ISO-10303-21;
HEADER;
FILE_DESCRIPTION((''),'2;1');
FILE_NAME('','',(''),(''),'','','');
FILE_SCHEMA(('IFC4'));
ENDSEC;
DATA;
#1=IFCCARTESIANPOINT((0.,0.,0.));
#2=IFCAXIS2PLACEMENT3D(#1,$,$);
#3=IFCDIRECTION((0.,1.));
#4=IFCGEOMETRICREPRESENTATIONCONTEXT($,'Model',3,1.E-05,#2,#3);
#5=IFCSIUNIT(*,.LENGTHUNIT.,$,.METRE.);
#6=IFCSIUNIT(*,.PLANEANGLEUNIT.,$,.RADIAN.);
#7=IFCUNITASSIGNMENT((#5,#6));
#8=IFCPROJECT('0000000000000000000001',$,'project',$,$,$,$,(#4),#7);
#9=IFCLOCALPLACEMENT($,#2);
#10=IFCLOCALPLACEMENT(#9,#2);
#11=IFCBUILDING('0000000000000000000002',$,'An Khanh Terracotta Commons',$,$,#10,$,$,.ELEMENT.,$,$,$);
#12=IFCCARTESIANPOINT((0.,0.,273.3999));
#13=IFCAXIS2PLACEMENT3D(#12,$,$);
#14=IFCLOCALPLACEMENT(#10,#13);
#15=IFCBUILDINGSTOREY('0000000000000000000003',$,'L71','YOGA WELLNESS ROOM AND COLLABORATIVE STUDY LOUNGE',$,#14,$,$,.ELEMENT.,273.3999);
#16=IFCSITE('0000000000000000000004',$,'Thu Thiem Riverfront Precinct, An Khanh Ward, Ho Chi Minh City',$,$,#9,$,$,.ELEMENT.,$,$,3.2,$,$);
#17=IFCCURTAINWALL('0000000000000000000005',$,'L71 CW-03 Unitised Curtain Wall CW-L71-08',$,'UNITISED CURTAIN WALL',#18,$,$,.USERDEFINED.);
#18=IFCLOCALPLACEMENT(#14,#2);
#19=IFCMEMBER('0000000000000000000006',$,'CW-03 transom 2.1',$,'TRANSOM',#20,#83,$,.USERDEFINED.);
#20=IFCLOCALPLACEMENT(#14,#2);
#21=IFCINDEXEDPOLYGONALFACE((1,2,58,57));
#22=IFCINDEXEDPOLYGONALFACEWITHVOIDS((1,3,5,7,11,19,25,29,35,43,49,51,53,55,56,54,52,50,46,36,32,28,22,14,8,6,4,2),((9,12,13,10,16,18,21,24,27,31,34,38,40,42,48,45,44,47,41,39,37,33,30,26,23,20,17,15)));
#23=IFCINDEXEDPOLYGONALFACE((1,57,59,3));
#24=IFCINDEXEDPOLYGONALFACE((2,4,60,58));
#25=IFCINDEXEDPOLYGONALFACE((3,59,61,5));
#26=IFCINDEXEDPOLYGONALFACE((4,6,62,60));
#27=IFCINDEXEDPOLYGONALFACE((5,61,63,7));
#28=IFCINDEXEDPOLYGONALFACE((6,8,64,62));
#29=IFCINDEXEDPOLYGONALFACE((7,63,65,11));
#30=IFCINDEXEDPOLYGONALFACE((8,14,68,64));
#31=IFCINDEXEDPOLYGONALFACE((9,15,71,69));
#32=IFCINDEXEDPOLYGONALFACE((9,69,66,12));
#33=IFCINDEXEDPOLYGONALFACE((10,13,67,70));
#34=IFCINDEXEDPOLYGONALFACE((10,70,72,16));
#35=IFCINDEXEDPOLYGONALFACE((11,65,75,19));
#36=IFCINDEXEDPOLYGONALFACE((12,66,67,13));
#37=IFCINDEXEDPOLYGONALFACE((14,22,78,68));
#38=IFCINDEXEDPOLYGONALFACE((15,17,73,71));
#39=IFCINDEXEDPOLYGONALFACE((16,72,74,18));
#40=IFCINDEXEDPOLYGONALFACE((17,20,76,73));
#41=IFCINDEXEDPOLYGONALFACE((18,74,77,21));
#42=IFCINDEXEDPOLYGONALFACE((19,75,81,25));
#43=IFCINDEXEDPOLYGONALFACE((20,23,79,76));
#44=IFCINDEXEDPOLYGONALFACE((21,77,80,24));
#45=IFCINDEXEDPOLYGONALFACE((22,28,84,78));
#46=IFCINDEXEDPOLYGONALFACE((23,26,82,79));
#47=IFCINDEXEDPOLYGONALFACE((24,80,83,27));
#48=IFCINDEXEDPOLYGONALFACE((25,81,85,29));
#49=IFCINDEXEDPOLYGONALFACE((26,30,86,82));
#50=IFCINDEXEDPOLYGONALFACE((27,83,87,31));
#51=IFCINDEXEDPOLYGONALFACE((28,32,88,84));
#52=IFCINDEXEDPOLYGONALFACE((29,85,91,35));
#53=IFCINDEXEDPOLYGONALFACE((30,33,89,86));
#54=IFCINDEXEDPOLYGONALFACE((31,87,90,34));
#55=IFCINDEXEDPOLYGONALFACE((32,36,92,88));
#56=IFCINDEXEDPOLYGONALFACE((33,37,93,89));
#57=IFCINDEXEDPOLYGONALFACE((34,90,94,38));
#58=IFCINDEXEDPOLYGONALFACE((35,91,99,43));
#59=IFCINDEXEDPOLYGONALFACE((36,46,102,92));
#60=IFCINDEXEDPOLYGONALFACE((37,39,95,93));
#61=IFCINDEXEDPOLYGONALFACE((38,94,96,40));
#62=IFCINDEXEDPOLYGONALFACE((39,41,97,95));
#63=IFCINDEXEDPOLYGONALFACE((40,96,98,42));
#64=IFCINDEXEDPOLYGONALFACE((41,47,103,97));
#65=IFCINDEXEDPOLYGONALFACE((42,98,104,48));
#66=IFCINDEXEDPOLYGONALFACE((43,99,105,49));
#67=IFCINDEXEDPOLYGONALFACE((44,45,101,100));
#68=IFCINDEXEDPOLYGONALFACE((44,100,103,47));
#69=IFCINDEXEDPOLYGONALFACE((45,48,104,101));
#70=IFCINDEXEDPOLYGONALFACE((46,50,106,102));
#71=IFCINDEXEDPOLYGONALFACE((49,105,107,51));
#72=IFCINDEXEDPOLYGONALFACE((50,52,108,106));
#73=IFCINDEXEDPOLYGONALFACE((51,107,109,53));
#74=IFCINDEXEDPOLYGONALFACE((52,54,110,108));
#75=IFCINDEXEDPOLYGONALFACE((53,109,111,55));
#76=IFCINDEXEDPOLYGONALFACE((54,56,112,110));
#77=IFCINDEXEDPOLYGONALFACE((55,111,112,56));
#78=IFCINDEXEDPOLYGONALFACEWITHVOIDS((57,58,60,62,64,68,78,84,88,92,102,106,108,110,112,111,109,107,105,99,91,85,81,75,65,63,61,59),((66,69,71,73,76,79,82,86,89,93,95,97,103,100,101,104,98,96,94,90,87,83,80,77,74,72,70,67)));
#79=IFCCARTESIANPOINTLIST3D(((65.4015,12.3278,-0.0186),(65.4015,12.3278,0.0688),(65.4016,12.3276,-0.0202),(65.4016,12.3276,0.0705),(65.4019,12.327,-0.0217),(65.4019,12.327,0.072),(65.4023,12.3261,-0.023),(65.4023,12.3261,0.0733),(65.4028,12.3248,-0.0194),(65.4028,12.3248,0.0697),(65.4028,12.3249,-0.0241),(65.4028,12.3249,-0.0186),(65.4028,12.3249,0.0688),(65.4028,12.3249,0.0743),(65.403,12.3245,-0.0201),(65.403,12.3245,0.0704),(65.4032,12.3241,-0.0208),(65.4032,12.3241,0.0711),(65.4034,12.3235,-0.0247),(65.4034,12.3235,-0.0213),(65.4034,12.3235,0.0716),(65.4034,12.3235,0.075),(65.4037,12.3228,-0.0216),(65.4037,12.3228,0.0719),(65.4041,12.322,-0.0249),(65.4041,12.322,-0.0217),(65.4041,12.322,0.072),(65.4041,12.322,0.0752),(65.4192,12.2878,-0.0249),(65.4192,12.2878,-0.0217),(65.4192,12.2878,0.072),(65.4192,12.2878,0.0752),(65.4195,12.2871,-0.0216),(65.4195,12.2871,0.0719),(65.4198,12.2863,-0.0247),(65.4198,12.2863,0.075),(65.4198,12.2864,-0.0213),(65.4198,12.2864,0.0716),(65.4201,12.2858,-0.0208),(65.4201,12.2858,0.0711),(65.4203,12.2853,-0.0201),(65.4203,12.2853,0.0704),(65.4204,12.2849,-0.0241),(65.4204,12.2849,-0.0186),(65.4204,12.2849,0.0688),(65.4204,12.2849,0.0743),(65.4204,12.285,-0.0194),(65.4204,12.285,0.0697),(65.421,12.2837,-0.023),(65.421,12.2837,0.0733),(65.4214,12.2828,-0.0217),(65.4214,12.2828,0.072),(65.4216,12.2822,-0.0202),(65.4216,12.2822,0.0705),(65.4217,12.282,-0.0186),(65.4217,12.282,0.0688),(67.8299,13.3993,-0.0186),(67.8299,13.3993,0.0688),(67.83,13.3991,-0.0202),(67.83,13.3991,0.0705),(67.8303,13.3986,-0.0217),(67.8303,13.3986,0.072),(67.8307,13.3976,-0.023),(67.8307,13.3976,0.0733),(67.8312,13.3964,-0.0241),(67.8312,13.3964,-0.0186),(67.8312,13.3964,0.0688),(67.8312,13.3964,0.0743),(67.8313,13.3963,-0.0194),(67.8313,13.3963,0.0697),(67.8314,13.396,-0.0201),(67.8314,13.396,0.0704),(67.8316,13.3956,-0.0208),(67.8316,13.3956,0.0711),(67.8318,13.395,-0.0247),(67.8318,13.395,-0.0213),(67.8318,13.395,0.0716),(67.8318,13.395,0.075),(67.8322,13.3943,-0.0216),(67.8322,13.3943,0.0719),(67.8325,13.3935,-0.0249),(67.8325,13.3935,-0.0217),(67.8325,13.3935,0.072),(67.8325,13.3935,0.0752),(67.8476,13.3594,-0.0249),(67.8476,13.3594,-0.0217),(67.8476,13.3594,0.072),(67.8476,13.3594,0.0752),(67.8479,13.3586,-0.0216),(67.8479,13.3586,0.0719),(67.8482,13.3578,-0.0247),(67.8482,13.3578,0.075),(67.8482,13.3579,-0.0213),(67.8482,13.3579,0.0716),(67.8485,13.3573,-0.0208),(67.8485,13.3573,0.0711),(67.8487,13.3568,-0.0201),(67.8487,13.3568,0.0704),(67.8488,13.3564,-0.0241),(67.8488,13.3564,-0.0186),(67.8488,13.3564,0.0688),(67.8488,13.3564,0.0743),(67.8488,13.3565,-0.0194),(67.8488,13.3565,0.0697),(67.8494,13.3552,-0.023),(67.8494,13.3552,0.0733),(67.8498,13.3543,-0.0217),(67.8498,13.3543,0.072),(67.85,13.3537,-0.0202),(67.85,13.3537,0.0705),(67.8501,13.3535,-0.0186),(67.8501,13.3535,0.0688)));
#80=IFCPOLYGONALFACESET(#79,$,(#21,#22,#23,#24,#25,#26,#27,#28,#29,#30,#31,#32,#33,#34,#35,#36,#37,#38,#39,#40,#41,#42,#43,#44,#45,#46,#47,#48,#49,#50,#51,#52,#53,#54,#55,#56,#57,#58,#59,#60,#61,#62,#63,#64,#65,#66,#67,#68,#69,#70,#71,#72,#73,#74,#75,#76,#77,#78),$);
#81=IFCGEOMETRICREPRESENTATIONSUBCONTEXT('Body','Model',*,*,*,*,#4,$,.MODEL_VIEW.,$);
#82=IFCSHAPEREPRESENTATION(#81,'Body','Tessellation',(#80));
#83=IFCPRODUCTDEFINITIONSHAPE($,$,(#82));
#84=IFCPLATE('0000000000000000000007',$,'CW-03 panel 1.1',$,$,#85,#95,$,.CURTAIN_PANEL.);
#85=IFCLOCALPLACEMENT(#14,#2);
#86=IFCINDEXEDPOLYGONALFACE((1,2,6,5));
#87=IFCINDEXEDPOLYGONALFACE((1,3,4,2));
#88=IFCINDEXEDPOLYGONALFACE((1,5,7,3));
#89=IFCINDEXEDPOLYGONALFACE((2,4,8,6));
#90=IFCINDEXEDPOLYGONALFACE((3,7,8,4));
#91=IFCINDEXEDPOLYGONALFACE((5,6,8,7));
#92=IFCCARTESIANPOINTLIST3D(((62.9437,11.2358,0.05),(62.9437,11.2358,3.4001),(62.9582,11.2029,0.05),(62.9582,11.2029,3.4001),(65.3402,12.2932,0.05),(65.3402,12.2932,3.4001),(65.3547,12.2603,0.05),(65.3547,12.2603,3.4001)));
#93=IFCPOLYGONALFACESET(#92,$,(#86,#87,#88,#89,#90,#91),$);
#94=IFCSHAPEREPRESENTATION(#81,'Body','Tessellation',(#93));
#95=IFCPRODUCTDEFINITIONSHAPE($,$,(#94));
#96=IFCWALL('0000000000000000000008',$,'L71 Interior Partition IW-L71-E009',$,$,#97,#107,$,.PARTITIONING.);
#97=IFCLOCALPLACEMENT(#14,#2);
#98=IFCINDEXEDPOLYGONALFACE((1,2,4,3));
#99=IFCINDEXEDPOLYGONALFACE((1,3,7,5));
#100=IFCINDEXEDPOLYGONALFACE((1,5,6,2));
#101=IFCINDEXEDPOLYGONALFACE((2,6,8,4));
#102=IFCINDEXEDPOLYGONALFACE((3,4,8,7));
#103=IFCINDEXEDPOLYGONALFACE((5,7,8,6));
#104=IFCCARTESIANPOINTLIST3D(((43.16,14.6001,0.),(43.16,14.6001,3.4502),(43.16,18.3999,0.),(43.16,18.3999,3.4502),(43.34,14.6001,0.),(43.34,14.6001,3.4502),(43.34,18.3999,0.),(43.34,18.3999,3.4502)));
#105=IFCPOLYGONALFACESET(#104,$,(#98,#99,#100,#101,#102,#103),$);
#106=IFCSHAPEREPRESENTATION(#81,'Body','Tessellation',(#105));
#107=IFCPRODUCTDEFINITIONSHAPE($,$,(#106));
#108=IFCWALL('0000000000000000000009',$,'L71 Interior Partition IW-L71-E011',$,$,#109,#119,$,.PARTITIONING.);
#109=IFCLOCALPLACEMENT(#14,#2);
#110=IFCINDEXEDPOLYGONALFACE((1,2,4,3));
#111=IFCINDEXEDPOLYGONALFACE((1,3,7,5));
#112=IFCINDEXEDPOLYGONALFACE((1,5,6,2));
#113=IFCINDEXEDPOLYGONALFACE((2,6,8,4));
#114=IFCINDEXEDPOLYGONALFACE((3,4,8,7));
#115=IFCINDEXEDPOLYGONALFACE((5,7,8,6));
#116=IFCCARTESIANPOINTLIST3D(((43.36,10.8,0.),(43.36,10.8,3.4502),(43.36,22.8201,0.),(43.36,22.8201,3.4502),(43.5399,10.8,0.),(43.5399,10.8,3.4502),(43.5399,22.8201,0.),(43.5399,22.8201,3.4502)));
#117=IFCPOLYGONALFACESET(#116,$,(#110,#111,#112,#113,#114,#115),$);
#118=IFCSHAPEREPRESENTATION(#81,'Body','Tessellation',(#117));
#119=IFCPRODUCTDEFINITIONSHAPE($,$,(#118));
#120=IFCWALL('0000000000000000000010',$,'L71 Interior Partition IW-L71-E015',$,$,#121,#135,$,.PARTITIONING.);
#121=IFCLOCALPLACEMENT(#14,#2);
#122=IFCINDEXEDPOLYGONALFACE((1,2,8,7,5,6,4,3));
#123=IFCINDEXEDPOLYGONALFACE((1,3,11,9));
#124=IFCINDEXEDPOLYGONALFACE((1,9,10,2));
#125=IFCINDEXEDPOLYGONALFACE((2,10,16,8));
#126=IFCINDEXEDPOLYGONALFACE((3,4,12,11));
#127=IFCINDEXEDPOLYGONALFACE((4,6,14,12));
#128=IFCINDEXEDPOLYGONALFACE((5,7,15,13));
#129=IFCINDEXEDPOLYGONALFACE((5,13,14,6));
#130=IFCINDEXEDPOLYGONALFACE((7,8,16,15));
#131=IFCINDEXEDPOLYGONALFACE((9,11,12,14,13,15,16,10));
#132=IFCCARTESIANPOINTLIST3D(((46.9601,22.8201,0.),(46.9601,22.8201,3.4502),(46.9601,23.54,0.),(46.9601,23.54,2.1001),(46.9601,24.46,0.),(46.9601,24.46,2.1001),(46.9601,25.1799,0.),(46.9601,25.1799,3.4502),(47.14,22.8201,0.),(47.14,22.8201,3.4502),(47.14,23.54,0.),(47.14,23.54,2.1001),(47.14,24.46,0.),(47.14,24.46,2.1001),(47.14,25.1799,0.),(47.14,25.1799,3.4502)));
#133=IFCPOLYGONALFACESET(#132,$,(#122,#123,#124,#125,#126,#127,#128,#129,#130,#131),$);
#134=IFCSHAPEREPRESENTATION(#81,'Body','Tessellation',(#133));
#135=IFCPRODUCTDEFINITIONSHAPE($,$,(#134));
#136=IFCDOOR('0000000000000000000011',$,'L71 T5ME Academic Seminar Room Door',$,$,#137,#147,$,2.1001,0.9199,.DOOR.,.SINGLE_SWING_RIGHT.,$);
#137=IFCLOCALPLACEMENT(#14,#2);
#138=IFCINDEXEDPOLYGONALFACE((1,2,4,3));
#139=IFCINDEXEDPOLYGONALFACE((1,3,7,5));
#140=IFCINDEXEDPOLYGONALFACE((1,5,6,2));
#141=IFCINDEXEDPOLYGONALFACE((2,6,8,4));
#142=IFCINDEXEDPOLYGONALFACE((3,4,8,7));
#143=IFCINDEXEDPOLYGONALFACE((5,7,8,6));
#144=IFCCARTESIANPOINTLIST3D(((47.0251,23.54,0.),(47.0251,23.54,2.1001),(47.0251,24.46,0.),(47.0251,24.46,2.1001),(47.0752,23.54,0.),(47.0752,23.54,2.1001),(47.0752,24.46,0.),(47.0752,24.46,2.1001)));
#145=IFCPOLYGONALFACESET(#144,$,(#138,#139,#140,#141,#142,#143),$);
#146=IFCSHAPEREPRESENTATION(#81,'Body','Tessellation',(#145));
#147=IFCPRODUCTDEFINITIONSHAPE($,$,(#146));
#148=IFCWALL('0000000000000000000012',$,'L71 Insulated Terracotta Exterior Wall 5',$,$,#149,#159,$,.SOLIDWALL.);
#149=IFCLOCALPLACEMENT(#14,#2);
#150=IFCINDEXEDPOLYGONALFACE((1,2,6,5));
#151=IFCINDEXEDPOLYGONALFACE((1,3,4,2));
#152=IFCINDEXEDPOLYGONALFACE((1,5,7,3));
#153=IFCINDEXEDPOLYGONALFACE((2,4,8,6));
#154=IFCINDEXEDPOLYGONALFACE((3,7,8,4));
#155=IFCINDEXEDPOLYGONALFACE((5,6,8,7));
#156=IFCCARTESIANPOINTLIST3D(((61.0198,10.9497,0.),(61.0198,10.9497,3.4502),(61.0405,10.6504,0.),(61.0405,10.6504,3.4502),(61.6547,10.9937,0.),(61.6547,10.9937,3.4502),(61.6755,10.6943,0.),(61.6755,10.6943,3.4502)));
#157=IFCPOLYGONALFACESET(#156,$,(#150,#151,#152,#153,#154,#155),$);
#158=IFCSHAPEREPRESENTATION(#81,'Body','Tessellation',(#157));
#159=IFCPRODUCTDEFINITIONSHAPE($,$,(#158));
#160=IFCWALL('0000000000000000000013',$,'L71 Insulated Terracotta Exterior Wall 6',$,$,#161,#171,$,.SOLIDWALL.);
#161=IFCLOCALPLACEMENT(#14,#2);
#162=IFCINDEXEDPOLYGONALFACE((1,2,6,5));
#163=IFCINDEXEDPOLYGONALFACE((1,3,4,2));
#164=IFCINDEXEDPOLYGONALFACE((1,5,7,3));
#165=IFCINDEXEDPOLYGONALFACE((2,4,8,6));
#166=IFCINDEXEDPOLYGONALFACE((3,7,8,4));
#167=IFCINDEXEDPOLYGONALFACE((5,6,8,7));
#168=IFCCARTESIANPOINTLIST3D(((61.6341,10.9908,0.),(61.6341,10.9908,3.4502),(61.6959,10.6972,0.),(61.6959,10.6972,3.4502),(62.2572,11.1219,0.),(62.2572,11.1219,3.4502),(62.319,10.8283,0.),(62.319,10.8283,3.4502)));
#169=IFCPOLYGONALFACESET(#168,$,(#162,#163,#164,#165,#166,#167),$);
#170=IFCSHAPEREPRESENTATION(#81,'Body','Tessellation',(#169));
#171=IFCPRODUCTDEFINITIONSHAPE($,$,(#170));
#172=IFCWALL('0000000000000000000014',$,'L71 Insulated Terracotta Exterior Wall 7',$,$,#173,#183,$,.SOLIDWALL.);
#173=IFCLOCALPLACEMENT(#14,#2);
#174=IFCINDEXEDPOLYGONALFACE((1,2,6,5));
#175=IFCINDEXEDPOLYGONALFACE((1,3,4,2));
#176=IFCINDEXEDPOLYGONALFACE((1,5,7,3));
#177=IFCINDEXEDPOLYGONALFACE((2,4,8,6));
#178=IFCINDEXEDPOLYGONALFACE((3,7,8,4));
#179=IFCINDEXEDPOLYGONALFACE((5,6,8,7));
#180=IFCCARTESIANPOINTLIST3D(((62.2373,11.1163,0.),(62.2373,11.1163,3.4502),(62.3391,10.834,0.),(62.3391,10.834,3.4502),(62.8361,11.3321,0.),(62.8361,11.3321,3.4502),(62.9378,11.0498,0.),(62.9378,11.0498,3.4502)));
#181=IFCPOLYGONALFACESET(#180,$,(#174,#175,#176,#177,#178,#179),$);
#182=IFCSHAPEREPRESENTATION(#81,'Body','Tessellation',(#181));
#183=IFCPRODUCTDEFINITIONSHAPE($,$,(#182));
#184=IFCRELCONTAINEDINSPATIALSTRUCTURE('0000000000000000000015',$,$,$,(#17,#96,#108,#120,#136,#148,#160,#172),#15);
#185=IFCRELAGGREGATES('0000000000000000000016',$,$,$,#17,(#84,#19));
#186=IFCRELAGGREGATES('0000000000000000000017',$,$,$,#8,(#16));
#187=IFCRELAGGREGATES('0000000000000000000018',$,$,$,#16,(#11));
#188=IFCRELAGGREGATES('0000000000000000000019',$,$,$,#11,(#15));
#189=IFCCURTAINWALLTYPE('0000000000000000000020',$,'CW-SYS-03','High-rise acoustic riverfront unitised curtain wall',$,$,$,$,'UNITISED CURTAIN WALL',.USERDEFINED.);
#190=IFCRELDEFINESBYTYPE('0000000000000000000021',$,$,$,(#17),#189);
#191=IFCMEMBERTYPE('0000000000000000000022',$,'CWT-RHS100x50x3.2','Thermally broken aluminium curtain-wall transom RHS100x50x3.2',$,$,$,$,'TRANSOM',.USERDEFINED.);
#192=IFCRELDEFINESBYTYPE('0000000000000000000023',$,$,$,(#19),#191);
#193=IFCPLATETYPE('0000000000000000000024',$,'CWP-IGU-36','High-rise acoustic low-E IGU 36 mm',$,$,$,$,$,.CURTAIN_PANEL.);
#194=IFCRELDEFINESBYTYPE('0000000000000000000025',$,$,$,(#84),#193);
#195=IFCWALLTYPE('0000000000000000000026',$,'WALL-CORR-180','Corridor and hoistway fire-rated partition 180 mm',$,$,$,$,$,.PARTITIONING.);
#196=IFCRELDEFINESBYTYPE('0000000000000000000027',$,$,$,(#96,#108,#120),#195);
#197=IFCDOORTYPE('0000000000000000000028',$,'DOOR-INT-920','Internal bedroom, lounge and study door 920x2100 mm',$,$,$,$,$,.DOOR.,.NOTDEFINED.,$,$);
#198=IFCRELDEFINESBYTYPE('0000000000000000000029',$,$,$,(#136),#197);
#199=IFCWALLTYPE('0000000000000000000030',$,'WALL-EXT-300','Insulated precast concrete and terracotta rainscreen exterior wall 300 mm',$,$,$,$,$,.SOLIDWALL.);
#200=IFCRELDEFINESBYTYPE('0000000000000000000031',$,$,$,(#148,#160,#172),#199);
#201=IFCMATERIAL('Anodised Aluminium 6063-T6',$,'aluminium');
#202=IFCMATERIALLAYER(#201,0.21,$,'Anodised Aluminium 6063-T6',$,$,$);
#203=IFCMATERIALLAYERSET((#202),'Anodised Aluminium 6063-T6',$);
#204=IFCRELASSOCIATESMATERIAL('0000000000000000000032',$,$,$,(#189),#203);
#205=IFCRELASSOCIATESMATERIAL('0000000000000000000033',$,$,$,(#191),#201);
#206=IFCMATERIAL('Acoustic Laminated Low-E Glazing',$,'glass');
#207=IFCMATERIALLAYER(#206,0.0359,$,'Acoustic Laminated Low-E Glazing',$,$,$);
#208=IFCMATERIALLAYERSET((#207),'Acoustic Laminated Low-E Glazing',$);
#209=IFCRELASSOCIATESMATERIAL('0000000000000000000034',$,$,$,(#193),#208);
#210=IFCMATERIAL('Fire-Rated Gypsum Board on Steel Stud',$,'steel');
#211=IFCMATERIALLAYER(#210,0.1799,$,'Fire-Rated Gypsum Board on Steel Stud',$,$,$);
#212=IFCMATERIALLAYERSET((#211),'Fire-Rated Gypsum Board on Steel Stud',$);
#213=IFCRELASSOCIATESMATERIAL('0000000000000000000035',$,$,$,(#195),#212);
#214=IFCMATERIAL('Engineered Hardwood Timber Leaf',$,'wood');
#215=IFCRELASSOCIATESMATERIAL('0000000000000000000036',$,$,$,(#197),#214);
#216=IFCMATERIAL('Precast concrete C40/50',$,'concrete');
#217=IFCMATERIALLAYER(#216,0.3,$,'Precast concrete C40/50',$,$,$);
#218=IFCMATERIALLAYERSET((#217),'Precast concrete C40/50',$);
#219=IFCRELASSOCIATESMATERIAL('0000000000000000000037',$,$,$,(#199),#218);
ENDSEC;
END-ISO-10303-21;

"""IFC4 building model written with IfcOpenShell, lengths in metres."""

from ifc_helpers import new_model, si_unit, direction, frame, frame_2d, origin, origin_2d, place, context, subcontext, project, spatial, rectangle, hollow_rectangle, extrude, material, layer, layer_set, material_profile, profile_set, type_object, element, fill, aggregate, save


model = new_model("IFC4")

# Units and contexts
model_context = context("Model", 3, precision=1e-05, world=origin(), true_north=direction((0.0, 1.0)))
body_context = subcontext(model_context, "Body", "Model", "MODEL_VIEW")
ifc_project = project(units=[si_unit("LENGTHUNIT", "METRE"), si_unit("PLANEANGLEUNIT", "RADIAN")], contexts=[model_context])

# Site, building, storey
site_placement = place(None, origin())
site = spatial("IfcSite", under=ifc_project, at=site_placement, Name="Thu Thiem Riverfront Precinct, An Khanh Ward, Ho Chi Minh City", CompositionType="ELEMENT", RefElevation=3.2)
building_placement = place(site_placement, origin())
building = spatial("IfcBuilding", under=site, at=building_placement, Name="An Khanh Terracotta Commons", CompositionType="ELEMENT")
storey_placement = place(building_placement, frame((0.0, 0.0, 273.3999)))
storey = spatial("IfcBuildingStorey", under=building, at=storey_placement, Name="L71", Description="YOGA WELLNESS ROOM AND COLLABORATIVE STUDY LOUNGE", CompositionType="ELEMENT", Elevation=273.3999)

# Curtain wall, member, plate
ifc_material_1 = material(Name="Anodised Aluminium 6063-T6", Category="aluminium")
ifc_layer_1 = layer(ifc_material_1, 0.21, Name="Anodised Aluminium 6063-T6")
ifc_layer_set_1 = layer_set([ifc_layer_1], Name="Anodised Aluminium 6063-T6")
curtain_wall_type = type_object("IfcCurtainWallType", Name="CW-SYS-03", Description="High-rise acoustic riverfront unitised curtain wall", ElementType="UNITISED CURTAIN WALL", PredefinedType="USERDEFINED", material=ifc_layer_set_1)
curtain_wall_placement = place(storey_placement, origin())
curtain_wall = element("IfcCurtainWall", 1, at=curtain_wall_placement, inside=storey, type_object=curtain_wall_type, Name="L71 CW-03 Unitised Curtain Wall CW-L71-08", ObjectType="UNITISED CURTAIN WALL", PredefinedType="USERDEFINED")
ifc_material_profile_1 = material_profile(ifc_material_1, hollow_rectangle(XDim=0.05, YDim=0.1001, WallThickness=0.0032, InnerFilletRadius=0.0032, OuterFilletRadius=0.0063, at=origin_2d()), Name="RHS100x50x3.2")
ifc_profile_set_1 = profile_set([ifc_material_profile_1], Name="Anodised Aluminium 6063-T6")
member_type_1 = type_object("IfcMemberType", Name="CWT-RHS100x50x3.2", Description="Thermally broken aluminium curtain-wall transom RHS100x50x3.2", ElementType="TRANSOM", PredefinedType="USERDEFINED", material=ifc_profile_set_1)
member_1_placement = place(storey_placement, frame((65.4116, 12.3049, 0.0251), z_axis=(0.914897, 0.403688, 0.0), x_axis=(-0.403688, 0.914897, 0.0)))
member_1 = element("IfcMember", 2, at=member_1_placement, type_object=member_type_1, Name="CW-03 transom 2.1", ObjectType="TRANSOM", PredefinedType="USERDEFINED", context=body_context, shape_type="SweptSolid", body=[
    extrude(hollow_rectangle(XDim=0.05, YDim=0.1001, WallThickness=0.0032, InnerFilletRadius=0.0032, OuterFilletRadius=0.0063, at=origin_2d()), origin(), (0.0, 0.0, 1.0), 2.6543),
])
ifc_material_2 = material(Name="Acoustic Laminated Low-E Glazing", Category="glass")
ifc_layer_2 = layer(ifc_material_2, 0.0359, Name="Acoustic Laminated Low-E Glazing")
ifc_layer_set_2 = layer_set([ifc_layer_2], Name="Acoustic Laminated Low-E Glazing")
plate_type = type_object("IfcPlateType", Name="CWP-IGU-36", Description="High-rise acoustic low-E IGU 36 mm", PredefinedType="CURTAIN_PANEL", material=ifc_layer_set_2)
plate_placement = place(storey_placement, frame((64.1492, 11.748, 0.05), z_axis=(0.0, 0.0, 1.0), x_axis=(0.914902, 0.403676, 0.0)))
plate = element("IfcPlate", 3, at=plate_placement, type_object=plate_type, Name="CW-03 panel 1.1", PredefinedType="CURTAIN_PANEL", context=body_context, shape_type="SweptSolid", body=[
    extrude(rectangle(XDim=2.6194, YDim=0.0359, at=origin_2d()), origin(), (0.0, 0.0, 1.0), 3.3501),
])
aggregate(curtain_wall, [plate, member_1])

# Walls
ifc_material_3 = material(Name="Fire-Rated Gypsum Board on Steel Stud", Category="steel")
ifc_layer_3 = layer(ifc_material_3, 0.1799, Name="Fire-Rated Gypsum Board on Steel Stud")
ifc_layer_set_3 = layer_set([ifc_layer_3], Name="Fire-Rated Gypsum Board on Steel Stud")
wall_type_1 = type_object("IfcWallType", Name="WALL-CORR-180", Description="Corridor and hoistway fire-rated partition 180 mm", PredefinedType="PARTITIONING", material=ifc_layer_set_3)
wall_1_placement = place(storey_placement, frame((43.25, 14.6001, 0.0), z_axis=(0.0, 0.0, 1.0), x_axis=(0.0, 1.0, 0.0)))
element("IfcWall", 4, at=wall_1_placement, inside=storey, type_object=wall_type_1, Name="L71 Interior Partition IW-L71-E009", PredefinedType="PARTITIONING", context=body_context, shape_type="SweptSolid", body=[
    extrude(rectangle(XDim=3.7998, YDim=0.1799, at=frame_2d((1.8999, 0.0))), origin(), (0.0, 0.0, 1.0), 3.4502),
])
wall_2_placement = place(storey_placement, frame((43.45, 10.8, 0.0), z_axis=(0.0, 0.0, 1.0), x_axis=(0.0, 1.0, 0.0)))
element("IfcWall", 5, at=wall_2_placement, inside=storey, type_object=wall_type_1, Name="L71 Interior Partition IW-L71-E011", PredefinedType="PARTITIONING", context=body_context, shape_type="SweptSolid", body=[
    extrude(rectangle(XDim=12.02, YDim=0.1799, at=frame_2d((6.01, 0.0))), origin(), (0.0, 0.0, 1.0), 3.4502),
])

# Wall, opening, door
wall_3_placement = place(storey_placement, frame((47.05, 22.8201, 0.0), z_axis=(0.0, 0.0, 1.0), x_axis=(0.0, 1.0, 0.0)))
wall_3 = element("IfcWall", 6, at=wall_3_placement, inside=storey, type_object=wall_type_1, Name="L71 Interior Partition IW-L71-E015", PredefinedType="PARTITIONING", context=body_context, shape_type="SweptSolid", body=[
    extrude(rectangle(XDim=2.3599, YDim=0.1799, at=frame_2d((1.1799, 0.0))), origin(), (0.0, 0.0, 1.0), 3.4502),
])
opening_placement = place(wall_3_placement, frame((0.72, 0.0, 0.0)))
opening = element("IfcOpeningElement", 7, at=opening_placement, cuts=wall_3, PredefinedType="OPENING", context=body_context, shape_type="SweptSolid", body=[
    extrude(rectangle(XDim=0.9199, YDim=2.1001, at=frame_2d((0.46, 1.05))), frame((0.0, 0.0999, 0.0), z_axis=(0.0, -1.0, 0.0), x_axis=(1.0, 0.0, 0.0)), (0.0, 0.0, 1.0), 0.2),
])
ifc_material_4 = material(Name="Engineered Hardwood Timber Leaf", Category="wood")
door_type = type_object("IfcDoorType", Name="DOOR-INT-920", Description="Internal bedroom, lounge and study door 920x2100 mm", OperationType="NOTDEFINED", PredefinedType="DOOR", material=ifc_material_4)
door_placement = place(opening_placement, origin())
door = element("IfcDoor", 8, at=door_placement, inside=storey, type_object=door_type, Name="L71 T5ME Academic Seminar Room Door", OperationType="SINGLE_SWING_RIGHT", OverallHeight=2.1001, OverallWidth=0.9199, PredefinedType="DOOR", context=body_context, shape_type="SweptSolid", body=[
    extrude(rectangle(XDim=0.9199, YDim=2.1001, at=frame_2d((0.46, 1.05))), frame((0.0, 0.0249, 0.0), z_axis=(0.0, -1.0, 0.0), x_axis=(1.0, 0.0, 0.0)), (0.0, 0.0, 1.0), 0.05),
])
fill(opening, door)

# Walls
ifc_material_5 = material(Name="Precast concrete C40/50", Category="concrete")
ifc_layer_4 = layer(ifc_material_5, 0.3, Name="Precast concrete C40/50")
ifc_layer_set_4 = layer_set([ifc_layer_4], Name="Precast concrete C40/50")
wall_type_2 = type_object("IfcWallType", Name="WALL-EXT-300", Description="Insulated precast concrete and terracotta rainscreen exterior wall 300 mm", PredefinedType="SOLIDWALL", material=ifc_layer_set_4)
wall_4_placement = place(storey_placement, frame((61.03, 10.8, 0.0), z_axis=(0.0, 0.0, 1.0), x_axis=(0.997614, 0.069039, 0.0)))
element("IfcWall", 9, at=wall_4_placement, inside=storey, type_object=wall_type_2, Name="L71 Insulated Terracotta Exterior Wall 5", PredefinedType="SOLIDWALL", context=body_context, shape_type="SweptSolid", body=[
    extrude(rectangle(XDim=0.6365, YDim=0.3, at=frame_2d((0.3184, 0.0))), origin(), (0.0, 0.0, 1.0), 3.4502),
])
wall_5_placement = place(storey_placement, frame((61.665, 10.844, 0.0), z_axis=(0.0, 0.0, 1.0), x_axis=(0.97857, 0.205914, 0.0)))
element("IfcWall", 10, at=wall_5_placement, inside=storey, type_object=wall_type_2, Name="L71 Insulated Terracotta Exterior Wall 6", PredefinedType="SOLIDWALL", context=body_context, shape_type="SweptSolid", body=[
    extrude(rectangle(XDim=0.6367, YDim=0.3, at=frame_2d((0.3184, 0.0))), origin(), (0.0, 0.0, 1.0), 3.4502),
])
wall_6_placement = place(storey_placement, frame((62.2881, 10.9751, 0.0), z_axis=(0.0, 0.0, 1.0), x_axis=(0.940775, 0.339032, 0.0)))
element("IfcWall", 11, at=wall_6_placement, inside=storey, type_object=wall_type_2, Name="L71 Insulated Terracotta Exterior Wall 7", PredefinedType="SOLIDWALL", context=body_context, shape_type="SweptSolid", body=[
    extrude(rectangle(XDim=0.6365, YDim=0.3, at=frame_2d((0.3184, 0.0))), origin(), (0.0, 0.0, 1.0), 3.4502),
])

save(model, "model.ifc")
